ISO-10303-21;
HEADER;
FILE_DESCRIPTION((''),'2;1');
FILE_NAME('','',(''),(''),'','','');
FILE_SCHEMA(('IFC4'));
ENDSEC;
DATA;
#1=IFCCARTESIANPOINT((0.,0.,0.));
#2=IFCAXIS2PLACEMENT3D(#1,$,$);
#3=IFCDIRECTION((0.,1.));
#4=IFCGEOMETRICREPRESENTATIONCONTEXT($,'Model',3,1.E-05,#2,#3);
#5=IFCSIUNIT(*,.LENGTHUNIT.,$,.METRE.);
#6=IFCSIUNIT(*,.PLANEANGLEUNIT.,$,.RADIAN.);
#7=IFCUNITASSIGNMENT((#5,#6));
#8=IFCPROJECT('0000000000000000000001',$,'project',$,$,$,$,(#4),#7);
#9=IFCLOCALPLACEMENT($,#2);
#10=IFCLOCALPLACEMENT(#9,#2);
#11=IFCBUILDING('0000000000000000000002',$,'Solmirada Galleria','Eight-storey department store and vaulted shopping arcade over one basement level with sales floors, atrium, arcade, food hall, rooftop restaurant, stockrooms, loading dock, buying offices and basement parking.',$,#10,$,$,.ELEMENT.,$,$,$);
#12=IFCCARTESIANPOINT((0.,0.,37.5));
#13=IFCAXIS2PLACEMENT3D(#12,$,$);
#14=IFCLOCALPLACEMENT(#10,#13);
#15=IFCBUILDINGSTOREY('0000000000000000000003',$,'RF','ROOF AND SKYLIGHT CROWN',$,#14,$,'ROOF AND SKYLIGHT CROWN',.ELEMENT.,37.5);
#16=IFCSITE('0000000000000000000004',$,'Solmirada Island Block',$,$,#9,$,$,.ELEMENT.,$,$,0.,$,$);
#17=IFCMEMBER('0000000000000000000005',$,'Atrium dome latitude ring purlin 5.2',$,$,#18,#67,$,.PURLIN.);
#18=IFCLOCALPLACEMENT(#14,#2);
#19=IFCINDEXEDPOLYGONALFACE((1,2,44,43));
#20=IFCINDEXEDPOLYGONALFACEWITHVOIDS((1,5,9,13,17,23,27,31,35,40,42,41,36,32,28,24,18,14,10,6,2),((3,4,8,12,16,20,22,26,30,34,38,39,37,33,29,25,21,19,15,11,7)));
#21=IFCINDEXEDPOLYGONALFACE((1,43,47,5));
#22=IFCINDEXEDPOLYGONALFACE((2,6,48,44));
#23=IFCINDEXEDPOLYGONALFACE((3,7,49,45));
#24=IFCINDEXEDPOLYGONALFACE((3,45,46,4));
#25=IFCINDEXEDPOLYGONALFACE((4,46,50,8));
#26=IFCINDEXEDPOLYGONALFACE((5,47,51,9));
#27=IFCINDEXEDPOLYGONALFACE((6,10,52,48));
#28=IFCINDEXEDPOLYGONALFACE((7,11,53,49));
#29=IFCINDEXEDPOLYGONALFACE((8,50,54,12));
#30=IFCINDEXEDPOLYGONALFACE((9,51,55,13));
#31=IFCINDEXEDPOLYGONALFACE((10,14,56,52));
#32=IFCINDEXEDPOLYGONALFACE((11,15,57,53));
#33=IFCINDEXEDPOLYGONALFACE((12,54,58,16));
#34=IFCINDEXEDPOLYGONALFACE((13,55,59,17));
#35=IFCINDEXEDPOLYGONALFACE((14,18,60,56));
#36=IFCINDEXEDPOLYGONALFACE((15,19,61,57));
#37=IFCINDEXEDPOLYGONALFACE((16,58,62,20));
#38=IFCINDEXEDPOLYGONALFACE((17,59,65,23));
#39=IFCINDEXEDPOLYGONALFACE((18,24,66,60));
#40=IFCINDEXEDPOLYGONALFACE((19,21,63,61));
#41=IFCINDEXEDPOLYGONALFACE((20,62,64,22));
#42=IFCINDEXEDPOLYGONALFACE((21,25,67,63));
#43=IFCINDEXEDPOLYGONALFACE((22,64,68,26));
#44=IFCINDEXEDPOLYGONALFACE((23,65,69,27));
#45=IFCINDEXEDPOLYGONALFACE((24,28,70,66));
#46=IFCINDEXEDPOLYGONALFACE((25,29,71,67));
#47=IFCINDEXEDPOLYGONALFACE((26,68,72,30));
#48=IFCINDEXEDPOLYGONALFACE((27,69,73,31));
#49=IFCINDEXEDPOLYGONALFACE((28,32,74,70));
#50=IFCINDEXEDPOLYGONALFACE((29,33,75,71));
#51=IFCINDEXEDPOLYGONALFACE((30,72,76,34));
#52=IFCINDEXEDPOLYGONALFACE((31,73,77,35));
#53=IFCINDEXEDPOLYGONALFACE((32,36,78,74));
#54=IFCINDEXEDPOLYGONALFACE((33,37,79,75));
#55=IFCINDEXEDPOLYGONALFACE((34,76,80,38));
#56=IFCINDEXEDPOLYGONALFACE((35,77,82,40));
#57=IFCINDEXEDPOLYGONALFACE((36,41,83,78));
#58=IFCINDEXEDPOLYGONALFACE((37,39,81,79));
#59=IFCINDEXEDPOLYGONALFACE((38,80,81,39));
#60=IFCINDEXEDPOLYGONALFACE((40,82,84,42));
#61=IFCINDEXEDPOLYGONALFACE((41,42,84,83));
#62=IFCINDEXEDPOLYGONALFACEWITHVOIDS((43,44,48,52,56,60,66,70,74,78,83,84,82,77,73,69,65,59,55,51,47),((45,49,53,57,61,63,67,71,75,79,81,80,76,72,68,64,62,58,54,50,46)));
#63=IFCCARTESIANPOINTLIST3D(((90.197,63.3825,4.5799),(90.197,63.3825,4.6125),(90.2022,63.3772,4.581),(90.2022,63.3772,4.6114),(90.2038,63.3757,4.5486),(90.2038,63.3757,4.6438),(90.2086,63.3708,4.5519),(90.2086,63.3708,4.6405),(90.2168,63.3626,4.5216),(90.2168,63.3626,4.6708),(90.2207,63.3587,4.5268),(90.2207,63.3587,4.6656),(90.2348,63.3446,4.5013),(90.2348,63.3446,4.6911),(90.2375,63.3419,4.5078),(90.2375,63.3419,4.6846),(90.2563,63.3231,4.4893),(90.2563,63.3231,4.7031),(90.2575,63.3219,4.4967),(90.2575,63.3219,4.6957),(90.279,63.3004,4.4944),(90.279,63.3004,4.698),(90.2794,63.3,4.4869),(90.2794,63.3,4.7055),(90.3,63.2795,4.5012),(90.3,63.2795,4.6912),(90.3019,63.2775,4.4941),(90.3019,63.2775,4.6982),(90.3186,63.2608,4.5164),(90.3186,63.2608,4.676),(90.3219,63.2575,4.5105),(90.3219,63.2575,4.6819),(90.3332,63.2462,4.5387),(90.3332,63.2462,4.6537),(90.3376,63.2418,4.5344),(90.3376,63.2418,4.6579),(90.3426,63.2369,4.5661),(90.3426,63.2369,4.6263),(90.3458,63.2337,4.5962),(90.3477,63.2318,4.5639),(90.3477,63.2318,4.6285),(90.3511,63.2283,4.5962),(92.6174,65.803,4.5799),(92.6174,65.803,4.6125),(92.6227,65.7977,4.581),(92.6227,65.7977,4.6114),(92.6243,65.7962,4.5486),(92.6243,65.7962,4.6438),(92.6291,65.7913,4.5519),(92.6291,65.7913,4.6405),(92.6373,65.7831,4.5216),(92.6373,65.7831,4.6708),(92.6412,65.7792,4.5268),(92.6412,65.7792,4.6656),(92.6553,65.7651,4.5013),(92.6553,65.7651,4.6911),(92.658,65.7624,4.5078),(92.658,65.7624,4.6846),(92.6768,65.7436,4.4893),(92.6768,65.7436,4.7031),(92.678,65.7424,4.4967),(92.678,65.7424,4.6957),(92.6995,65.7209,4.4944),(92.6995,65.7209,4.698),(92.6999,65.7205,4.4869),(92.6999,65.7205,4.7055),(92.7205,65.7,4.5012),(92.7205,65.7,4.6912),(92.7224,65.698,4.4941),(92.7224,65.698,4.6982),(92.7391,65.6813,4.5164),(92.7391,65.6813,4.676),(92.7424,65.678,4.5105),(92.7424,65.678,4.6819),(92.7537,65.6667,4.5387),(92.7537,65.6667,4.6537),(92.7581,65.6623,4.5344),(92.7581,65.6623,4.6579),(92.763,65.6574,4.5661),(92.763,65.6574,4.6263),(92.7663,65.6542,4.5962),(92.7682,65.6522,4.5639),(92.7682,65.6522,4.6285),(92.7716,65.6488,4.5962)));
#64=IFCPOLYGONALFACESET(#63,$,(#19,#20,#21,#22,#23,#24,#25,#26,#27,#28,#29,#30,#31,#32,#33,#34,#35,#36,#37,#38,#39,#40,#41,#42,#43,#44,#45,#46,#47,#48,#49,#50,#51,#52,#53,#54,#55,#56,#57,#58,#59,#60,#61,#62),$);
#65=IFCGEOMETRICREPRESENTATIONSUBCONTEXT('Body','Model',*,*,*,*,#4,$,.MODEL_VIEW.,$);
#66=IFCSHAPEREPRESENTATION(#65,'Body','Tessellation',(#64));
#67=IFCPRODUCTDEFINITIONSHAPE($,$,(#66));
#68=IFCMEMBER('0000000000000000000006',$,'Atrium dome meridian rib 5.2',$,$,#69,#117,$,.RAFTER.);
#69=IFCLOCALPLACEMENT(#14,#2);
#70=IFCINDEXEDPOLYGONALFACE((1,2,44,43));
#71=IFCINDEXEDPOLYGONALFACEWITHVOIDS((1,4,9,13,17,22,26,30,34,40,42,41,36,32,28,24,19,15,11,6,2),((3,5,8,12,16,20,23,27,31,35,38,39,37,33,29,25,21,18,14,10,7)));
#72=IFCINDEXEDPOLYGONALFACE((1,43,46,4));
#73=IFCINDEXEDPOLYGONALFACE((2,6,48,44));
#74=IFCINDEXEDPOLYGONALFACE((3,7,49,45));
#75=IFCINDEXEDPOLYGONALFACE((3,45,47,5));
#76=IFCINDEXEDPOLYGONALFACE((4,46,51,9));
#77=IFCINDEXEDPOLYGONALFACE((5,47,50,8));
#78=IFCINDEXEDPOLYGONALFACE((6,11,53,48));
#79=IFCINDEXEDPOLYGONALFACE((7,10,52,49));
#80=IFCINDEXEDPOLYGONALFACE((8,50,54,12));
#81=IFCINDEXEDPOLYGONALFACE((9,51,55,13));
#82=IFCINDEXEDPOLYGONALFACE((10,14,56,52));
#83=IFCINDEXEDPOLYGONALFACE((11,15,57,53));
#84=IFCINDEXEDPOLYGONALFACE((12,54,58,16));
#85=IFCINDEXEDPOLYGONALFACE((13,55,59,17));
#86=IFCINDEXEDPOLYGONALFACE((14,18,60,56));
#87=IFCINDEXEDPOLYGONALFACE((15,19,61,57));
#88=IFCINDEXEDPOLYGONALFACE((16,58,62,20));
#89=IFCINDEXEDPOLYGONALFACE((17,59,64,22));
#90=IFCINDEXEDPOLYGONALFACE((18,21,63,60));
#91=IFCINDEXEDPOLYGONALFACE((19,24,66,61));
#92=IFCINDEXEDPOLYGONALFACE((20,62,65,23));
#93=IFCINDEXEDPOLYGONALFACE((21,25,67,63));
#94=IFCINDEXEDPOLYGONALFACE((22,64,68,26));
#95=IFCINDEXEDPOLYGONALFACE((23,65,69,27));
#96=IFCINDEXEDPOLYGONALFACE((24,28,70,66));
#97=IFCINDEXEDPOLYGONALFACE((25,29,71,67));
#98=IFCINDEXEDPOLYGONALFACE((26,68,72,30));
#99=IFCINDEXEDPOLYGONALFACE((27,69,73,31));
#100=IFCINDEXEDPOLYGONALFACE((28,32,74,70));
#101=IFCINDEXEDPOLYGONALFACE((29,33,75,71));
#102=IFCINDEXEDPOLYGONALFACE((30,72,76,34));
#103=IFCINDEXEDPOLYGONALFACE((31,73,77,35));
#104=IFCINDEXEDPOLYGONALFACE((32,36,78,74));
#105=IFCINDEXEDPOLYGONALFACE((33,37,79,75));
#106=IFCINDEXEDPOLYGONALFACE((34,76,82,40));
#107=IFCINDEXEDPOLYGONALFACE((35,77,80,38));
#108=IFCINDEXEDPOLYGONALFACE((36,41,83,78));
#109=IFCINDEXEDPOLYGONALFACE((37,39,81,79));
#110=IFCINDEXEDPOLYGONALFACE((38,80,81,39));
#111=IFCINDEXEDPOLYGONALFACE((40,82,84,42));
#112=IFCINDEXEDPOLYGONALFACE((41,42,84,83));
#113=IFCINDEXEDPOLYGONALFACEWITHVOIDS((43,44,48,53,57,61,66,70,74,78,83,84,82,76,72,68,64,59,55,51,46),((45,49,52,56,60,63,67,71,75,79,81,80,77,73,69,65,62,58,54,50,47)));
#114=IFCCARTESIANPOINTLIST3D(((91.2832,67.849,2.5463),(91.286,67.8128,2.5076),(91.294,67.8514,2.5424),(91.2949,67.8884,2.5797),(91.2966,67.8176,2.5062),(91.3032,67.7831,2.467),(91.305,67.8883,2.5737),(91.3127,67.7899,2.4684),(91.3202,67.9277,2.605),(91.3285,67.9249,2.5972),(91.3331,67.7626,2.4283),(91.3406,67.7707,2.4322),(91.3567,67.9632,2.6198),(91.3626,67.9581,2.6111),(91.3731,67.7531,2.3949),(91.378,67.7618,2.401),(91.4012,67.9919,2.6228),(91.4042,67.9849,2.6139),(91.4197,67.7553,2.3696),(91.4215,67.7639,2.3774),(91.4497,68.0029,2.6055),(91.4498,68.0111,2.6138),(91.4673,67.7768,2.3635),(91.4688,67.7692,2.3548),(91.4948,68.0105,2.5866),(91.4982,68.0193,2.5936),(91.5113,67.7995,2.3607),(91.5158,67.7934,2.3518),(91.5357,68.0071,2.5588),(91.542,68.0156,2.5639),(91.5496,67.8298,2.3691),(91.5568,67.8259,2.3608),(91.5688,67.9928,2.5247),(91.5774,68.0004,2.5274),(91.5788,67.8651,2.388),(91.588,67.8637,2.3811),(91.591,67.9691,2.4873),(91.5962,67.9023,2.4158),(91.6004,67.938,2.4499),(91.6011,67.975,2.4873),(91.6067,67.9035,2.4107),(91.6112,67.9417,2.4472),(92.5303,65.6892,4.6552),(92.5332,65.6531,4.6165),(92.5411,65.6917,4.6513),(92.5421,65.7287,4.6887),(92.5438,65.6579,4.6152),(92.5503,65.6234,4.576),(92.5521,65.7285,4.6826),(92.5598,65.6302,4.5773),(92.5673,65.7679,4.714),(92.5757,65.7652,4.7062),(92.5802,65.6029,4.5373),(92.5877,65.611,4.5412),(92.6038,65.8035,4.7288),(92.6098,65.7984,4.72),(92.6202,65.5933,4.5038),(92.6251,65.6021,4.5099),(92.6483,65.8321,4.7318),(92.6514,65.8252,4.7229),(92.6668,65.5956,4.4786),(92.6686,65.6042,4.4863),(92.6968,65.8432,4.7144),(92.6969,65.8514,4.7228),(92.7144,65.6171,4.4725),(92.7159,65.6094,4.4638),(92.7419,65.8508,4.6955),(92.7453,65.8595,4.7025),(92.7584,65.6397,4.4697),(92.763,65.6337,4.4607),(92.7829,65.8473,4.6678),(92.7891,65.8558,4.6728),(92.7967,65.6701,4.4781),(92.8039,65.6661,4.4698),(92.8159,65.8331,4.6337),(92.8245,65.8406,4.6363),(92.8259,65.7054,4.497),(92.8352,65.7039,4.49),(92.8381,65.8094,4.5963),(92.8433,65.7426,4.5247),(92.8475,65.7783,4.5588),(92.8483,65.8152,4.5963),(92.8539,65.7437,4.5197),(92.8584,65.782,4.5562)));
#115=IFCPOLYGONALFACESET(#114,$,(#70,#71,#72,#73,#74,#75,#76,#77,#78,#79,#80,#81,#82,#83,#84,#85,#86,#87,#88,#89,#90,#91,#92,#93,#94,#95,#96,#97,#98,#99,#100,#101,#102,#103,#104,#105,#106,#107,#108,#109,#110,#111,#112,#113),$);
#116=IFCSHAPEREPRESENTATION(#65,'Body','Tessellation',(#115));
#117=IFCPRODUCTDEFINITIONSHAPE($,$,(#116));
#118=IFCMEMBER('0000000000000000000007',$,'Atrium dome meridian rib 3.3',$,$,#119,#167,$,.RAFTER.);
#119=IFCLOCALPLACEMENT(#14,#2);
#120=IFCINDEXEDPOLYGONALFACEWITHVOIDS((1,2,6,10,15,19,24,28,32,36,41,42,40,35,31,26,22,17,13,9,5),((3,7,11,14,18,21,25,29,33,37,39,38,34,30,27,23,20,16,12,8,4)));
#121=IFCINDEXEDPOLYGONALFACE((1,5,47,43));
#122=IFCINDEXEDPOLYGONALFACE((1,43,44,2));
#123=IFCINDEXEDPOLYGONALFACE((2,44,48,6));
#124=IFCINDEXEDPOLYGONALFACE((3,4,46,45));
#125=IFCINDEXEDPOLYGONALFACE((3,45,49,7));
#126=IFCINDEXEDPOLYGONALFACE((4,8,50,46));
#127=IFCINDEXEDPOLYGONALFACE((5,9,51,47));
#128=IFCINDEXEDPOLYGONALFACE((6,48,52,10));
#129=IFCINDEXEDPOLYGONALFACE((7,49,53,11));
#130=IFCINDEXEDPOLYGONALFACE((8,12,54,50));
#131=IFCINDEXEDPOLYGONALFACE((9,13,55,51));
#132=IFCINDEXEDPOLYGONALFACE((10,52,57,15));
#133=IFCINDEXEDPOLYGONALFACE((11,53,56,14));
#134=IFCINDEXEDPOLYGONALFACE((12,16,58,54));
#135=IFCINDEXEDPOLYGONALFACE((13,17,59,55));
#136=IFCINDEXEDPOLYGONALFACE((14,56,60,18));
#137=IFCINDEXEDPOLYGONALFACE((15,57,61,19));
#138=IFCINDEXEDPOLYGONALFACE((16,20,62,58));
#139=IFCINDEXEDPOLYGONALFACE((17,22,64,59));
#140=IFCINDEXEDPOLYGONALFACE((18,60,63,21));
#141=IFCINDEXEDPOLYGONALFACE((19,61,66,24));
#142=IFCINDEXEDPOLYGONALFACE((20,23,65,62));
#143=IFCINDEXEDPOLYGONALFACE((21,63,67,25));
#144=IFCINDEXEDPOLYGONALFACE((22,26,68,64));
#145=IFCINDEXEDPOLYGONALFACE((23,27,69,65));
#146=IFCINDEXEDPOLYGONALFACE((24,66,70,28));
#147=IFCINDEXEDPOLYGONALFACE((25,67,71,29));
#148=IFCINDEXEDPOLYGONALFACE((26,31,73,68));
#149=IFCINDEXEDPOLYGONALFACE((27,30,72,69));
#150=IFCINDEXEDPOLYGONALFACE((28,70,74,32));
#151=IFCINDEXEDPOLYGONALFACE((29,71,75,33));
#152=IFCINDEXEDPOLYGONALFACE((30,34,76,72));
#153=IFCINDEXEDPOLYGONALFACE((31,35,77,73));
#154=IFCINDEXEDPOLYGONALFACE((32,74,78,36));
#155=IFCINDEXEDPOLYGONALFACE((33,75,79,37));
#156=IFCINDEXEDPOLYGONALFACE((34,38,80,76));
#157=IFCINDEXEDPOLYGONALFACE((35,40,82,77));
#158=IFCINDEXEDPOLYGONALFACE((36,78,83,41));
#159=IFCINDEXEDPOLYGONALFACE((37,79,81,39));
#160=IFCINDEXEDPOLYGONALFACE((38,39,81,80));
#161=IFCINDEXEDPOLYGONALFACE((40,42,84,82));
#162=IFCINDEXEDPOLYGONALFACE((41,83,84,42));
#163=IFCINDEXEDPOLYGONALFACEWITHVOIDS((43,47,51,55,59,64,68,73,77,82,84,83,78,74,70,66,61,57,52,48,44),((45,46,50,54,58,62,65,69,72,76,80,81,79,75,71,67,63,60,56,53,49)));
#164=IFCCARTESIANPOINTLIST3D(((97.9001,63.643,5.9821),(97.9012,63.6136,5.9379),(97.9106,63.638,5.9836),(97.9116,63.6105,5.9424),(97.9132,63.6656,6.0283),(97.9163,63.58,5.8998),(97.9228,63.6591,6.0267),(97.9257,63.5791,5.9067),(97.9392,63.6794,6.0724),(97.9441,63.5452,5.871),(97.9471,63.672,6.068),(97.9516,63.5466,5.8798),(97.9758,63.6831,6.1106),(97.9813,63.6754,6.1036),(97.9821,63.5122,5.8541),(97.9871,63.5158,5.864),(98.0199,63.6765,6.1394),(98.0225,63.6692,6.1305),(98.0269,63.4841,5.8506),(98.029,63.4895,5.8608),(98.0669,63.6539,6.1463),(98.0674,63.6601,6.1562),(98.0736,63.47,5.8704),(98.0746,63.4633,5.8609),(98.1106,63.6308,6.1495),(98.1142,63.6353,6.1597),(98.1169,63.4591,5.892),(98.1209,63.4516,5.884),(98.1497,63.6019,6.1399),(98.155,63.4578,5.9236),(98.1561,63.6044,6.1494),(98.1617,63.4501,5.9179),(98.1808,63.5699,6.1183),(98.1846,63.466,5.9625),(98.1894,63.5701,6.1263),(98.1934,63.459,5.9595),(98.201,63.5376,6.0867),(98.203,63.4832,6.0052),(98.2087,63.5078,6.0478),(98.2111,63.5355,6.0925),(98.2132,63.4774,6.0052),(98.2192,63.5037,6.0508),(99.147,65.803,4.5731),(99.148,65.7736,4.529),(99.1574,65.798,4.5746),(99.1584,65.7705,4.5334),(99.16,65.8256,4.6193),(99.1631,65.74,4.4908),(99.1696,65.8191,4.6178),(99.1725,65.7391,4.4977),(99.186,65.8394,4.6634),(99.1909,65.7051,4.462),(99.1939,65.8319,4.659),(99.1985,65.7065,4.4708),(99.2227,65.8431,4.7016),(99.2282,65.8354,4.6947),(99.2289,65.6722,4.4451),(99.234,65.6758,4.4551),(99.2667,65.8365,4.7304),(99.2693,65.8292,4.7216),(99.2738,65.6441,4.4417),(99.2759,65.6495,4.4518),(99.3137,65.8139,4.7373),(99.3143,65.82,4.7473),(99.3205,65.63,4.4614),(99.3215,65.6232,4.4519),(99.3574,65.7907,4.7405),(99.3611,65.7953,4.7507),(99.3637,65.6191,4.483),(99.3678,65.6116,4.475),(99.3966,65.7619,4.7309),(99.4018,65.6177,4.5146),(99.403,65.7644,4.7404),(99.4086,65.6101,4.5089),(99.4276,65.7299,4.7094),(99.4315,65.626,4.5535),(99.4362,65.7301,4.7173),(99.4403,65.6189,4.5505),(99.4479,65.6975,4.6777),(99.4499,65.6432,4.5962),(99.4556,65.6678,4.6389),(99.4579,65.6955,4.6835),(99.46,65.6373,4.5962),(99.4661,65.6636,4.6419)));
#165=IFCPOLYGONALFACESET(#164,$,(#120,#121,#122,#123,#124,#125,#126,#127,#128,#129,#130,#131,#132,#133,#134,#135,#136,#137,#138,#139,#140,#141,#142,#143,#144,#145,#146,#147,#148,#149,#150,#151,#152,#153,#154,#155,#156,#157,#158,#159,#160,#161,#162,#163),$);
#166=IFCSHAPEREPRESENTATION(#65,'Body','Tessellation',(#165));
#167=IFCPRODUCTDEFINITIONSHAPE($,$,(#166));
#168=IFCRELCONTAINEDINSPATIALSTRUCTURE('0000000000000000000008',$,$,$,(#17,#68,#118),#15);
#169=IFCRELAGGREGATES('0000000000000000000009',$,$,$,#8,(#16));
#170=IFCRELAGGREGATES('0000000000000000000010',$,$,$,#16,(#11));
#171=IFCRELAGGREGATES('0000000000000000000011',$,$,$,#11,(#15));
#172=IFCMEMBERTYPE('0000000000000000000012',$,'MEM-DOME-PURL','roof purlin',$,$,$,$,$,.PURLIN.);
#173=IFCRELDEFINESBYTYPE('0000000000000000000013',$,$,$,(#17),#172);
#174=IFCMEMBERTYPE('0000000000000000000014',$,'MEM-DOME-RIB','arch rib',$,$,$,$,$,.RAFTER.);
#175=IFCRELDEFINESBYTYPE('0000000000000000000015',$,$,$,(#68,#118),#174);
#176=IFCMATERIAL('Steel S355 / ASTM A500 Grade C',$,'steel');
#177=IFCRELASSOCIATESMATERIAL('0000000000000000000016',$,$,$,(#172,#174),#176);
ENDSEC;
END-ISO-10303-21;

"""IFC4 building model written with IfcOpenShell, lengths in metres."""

from ifc_helpers import new_model, si_unit, direction, frame, origin, origin_2d, place, context, subcontext, project, spatial, hollow_circle, extrude, material, material_profile, profile_set, type_object, element, save


model = new_model("IFC4")

# Units and contexts
model_context = context("Model", 3, precision=1e-05, world=origin(), true_north=direction((0.0, 1.0)))
body_context = subcontext(model_context, "Body", "Model", "MODEL_VIEW")
ifc_project = project(units=[si_unit("LENGTHUNIT", "METRE"), si_unit("PLANEANGLEUNIT", "RADIAN")], contexts=[model_context])

# Site, building, storey
site_placement = place(None, origin())
site = spatial("IfcSite", under=ifc_project, at=site_placement, Name="Solmirada Island Block", CompositionType="ELEMENT", RefElevation=0.0)
building_placement = place(site_placement, origin())
building = spatial("IfcBuilding", under=site, at=building_placement, Name="Solmirada Galleria", Description="Eight-storey department store and vaulted shopping arcade over one basement level with sales floors, atrium, arcade, food hall, rooftop restaurant, stockrooms, loading dock, buying offices and basement parking.", CompositionType="ELEMENT")
storey_placement = place(building_placement, frame((0.0, 0.0, 37.5)))
storey = spatial("IfcBuildingStorey", under=building, at=storey_placement, Name="RF", Description="ROOF AND SKYLIGHT CROWN", LongName="ROOF AND SKYLIGHT CROWN", CompositionType="ELEMENT", Elevation=37.5)

# Members
ifc_material_1 = material(Name="Steel S355 / ASTM A500 Grade C", Category="steel")
ifc_material_profile_1 = material_profile(ifc_material_1, hollow_circle(Radius=0.1096, WallThickness=0.0076, at=origin_2d()), Name="HSS8.625X0.322")
ifc_profile_set_1 = profile_set([ifc_material_profile_1], Name="Steel S355 / ASTM A500 Grade C")
member_type_1 = type_object("IfcMemberType", Name="MEM-DOME-PURL", Description="roof purlin", PredefinedType="PURLIN", material=ifc_profile_set_1)
member_1_placement = place(storey_placement, frame((92.6941, 65.7263, 4.5962), z_axis=(-0.707107, -0.707107, 0.0), x_axis=(0.707107, -0.707107, 0.0)))
element("IfcMember", 1, at=member_1_placement, inside=storey, type_object=member_type_1, Name="Atrium dome latitude ring purlin 5.2", PredefinedType="PURLIN", context=body_context, shape_type="SweptSolid", body=[
    extrude(hollow_circle(Radius=0.1096, WallThickness=0.0076, at=origin_2d()), origin(), (0.0, 0.0, 1.0), 3.4231),
])
ifc_material_profile_2 = material_profile(ifc_material_1, hollow_circle(Radius=0.178, WallThickness=0.0117, at=origin_2d()), Name="HSS14.000X0.500")
ifc_profile_set_2 = profile_set([ifc_material_profile_2], Name="Steel S355 / ASTM A500 Grade C")
member_type_2 = type_object("IfcMemberType", Name="MEM-DOME-RIB", Description="arch rib", PredefinedType="RAFTER", material=ifc_profile_set_2)
member_2_placement = place(storey_placement, frame((91.447, 67.886, 2.4873), z_axis=(0.381834, -0.661258, 0.645709), x_axis=(0.865993, 0.500056, 0.0)))
element("IfcMember", 2, at=member_2_placement, inside=storey, type_object=member_type_2, Name="Atrium dome meridian rib 5.2", PredefinedType="RAFTER", context=body_context, shape_type="SweptSolid", body=[
    extrude(hollow_circle(Radius=0.178, WallThickness=0.0117, at=origin_2d()), origin(), (0.0, 0.0, 1.0), 3.2661),
])
for number, where, z_axis, x_axis, name in (
    (3, (99.3059, 65.7263, 4.5962), (-0.435281, -0.754049, 0.491875), (0.86606, -0.49994, 0.0), "Atrium dome meridian rib 3.3"),
):
    element("IfcMember", number, at=place(storey_placement, frame(where, z_axis=z_axis, x_axis=x_axis)), inside=storey, type_object=member_type_2, Name=name, PredefinedType="RAFTER", context=body_context, shape_type="SweptSolid", body=[
        extrude(hollow_circle(Radius=0.178, WallThickness=0.0117, at=origin_2d()), origin(), (0.0, 0.0, 1.0), 2.8645),
    ])

save(model, "model.ifc")
